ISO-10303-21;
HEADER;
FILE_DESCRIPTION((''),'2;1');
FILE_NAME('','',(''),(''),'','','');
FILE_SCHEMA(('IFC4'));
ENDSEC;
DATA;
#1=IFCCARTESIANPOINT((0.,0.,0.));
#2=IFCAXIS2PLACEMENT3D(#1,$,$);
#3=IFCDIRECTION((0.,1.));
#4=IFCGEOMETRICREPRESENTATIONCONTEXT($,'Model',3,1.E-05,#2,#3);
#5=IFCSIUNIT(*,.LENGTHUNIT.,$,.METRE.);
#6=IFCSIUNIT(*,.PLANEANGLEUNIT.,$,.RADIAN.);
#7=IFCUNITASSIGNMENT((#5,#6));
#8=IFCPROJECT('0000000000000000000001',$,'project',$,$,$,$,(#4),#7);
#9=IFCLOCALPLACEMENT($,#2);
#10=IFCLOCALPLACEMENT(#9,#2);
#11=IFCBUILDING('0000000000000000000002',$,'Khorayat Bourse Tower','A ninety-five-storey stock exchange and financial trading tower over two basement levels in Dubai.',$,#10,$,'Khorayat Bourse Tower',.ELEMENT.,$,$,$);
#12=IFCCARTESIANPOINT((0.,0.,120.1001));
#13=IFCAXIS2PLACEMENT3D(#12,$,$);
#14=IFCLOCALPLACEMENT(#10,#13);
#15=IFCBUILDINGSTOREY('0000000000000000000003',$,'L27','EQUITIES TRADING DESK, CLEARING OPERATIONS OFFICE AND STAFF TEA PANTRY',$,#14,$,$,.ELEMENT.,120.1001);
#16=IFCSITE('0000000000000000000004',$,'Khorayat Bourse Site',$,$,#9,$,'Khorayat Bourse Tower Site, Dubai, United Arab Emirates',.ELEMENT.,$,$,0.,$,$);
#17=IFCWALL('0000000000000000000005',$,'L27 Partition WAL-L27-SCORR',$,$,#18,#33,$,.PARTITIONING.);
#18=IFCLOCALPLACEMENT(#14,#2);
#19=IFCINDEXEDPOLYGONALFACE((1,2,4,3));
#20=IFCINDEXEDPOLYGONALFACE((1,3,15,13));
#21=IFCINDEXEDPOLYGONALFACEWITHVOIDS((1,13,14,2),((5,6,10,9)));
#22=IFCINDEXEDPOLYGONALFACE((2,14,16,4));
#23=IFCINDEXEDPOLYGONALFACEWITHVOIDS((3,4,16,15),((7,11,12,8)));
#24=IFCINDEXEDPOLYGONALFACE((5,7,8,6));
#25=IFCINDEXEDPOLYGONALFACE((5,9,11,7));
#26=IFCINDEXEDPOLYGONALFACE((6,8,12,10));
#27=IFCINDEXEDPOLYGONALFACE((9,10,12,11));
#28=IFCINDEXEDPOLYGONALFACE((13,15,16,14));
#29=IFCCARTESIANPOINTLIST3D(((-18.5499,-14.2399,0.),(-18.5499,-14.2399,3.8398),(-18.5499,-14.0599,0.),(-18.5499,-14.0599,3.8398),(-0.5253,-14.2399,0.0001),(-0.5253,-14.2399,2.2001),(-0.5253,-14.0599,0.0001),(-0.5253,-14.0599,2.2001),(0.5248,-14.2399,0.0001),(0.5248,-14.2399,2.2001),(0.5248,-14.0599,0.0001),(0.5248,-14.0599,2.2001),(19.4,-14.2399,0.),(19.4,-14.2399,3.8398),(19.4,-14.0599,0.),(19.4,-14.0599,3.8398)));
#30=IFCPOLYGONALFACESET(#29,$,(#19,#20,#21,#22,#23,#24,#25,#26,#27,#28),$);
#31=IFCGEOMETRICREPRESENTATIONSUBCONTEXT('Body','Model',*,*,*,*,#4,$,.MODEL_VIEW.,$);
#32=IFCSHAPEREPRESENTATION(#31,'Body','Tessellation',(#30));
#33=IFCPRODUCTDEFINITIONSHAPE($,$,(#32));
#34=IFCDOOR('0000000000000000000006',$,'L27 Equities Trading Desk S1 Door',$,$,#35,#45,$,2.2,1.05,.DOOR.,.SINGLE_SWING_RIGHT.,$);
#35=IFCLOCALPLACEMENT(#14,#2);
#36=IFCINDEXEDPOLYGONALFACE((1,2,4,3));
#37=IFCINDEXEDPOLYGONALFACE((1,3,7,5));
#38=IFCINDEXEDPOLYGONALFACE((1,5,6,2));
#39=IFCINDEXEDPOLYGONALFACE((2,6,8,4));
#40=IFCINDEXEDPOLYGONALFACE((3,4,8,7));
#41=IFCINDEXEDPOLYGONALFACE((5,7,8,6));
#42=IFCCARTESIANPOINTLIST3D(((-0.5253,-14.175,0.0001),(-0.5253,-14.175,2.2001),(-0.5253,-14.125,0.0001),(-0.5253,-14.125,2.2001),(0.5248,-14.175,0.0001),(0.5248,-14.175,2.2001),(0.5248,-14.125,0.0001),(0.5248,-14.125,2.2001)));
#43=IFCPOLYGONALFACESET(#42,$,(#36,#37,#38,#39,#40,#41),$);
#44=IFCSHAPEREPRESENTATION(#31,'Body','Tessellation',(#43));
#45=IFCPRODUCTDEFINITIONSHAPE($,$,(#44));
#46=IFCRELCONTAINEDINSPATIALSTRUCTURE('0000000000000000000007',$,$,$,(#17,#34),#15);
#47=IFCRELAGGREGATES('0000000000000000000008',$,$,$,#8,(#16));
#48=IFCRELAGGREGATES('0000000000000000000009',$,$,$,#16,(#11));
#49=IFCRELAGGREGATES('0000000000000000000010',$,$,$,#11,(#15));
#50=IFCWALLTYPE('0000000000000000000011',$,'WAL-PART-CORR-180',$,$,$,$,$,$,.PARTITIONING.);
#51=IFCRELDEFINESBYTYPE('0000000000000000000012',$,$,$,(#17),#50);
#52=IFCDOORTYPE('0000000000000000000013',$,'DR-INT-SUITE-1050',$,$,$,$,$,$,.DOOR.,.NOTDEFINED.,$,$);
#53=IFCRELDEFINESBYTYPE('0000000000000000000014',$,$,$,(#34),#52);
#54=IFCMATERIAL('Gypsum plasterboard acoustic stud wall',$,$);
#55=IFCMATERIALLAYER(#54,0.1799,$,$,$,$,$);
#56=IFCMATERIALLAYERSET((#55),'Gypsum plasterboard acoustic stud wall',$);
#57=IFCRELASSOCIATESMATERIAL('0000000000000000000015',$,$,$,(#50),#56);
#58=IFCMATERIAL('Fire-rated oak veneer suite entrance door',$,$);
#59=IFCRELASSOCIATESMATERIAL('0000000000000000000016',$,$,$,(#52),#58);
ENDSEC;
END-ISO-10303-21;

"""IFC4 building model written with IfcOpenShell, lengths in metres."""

from ifc_helpers import new_model, si_unit, direction, frame, frame_2d, origin, place, context, subcontext, project, spatial, rectangle, extrude, source, transform, mapped, material, layer, layer_set, type_object, element, fill, save


model = new_model("IFC4")

# Units and contexts
model_context = context("Model", 3, precision=1e-05, world=origin(), true_north=direction((0.0, 1.0)))
body_context = subcontext(model_context, "Body", "Model", "MODEL_VIEW")
ifc_project = project(units=[si_unit("LENGTHUNIT", "METRE"), si_unit("PLANEANGLEUNIT", "RADIAN")], contexts=[model_context])

# Site, building, storey
site_placement = place(None, origin())
site = spatial("IfcSite", under=ifc_project, at=site_placement, Name="Khorayat Bourse Site", LongName="Khorayat Bourse Tower Site, Dubai, United Arab Emirates", CompositionType="ELEMENT", RefElevation=0.0)
building_placement = place(site_placement, origin())
building = spatial("IfcBuilding", under=site, at=building_placement, Name="Khorayat Bourse Tower", Description="A ninety-five-storey stock exchange and financial trading tower over two basement levels in Dubai.", LongName="Khorayat Bourse Tower", CompositionType="ELEMENT")
storey_placement = place(building_placement, frame((0.0, 0.0, 120.1001)))
storey = spatial("IfcBuildingStorey", under=building, at=storey_placement, Name="L27", Description="EQUITIES TRADING DESK, CLEARING OPERATIONS OFFICE AND STAFF TEA PANTRY", CompositionType="ELEMENT", Elevation=120.1001)

# Shared definitions
ifc_material_1 = material(Name="Gypsum plasterboard acoustic stud wall")
ifc_layer_1 = layer(ifc_material_1, 0.1799)
ifc_layer_set_1 = layer_set([ifc_layer_1], Name="Gypsum plasterboard acoustic stud wall")
wall_type_1 = type_object("IfcWallType", Name="WAL-PART-CORR-180", PredefinedType="PARTITIONING", material=ifc_layer_set_1)

# Wall, opening, door
shared_shape_1 = source(origin(), body_context, "Body", "SweptSolid", [
    extrude(rectangle(XDim=37.95, YDim=0.1799, at=frame_2d((18.9751, 0.0))), origin(), (0.0, 0.0, 1.0), 3.8398),
])
wall_1_placement = place(storey_placement, frame((-18.55, -14.1499, 0.0), z_axis=(0.0, 0.0, 1.0), x_axis=(1.0, 0.0, 0.0)))
wall_1 = element("IfcWall", 1, at=wall_1_placement, inside=storey, type_object=wall_type_1, Name="L27 Partition WAL-L27-SCORR", PredefinedType="PARTITIONING", context=body_context, shape_type="MappedRepresentation", body=[
    mapped(shared_shape_1, transform((0.0, 0.0, 0.0), scale=1.0)),
])
shared_shape_2 = source(origin(), body_context, "Body", "SweptSolid", [
    extrude(rectangle(XDim=1.05, YDim=2.2, at=frame_2d((0.5249, 1.1001))), frame((0.0, 0.0999, 0.0), z_axis=(0.0, -1.0, 0.0), x_axis=(1.0, 0.0, 0.0)), (0.0, 0.0, 1.0), 0.2),
])
opening_1_placement = place(wall_1_placement, frame((18.0249, 0.0, 0.0)))
opening_1 = element("IfcOpeningElement", 2, at=opening_1_placement, cuts=wall_1, PredefinedType="OPENING", context=body_context, shape_type="MappedRepresentation", body=[
    mapped(shared_shape_2, transform((0.0, 0.0, 0.0), scale=1.0)),
])
ifc_material_2 = material(Name="Fire-rated oak veneer suite entrance door")
door_type_1 = type_object("IfcDoorType", Name="DR-INT-SUITE-1050", OperationType="NOTDEFINED", PredefinedType="DOOR", material=ifc_material_2)
shared_shape_3 = source(origin(), body_context, "Body", "SweptSolid", [
    extrude(rectangle(XDim=1.05, YDim=2.2, at=frame_2d((0.5249, 1.1001))), frame((0.0, 0.0249, 0.0), z_axis=(0.0, -1.0, 0.0), x_axis=(1.0, 0.0, 0.0)), (0.0, 0.0, 1.0), 0.05),
])
door_1_placement = place(opening_1_placement, origin())
door_1 = element("IfcDoor", 3, at=door_1_placement, inside=storey, type_object=door_type_1, Name="L27 Equities Trading Desk S1 Door", OperationType="SINGLE_SWING_RIGHT", OverallHeight=2.2, OverallWidth=1.05, PredefinedType="DOOR", context=body_context, shape_type="MappedRepresentation", body=[
    mapped(shared_shape_3, transform((0.0, 0.0, 0.0), scale=1.0)),
])
fill(opening_1, door_1)

save(model, "model.ifc")
